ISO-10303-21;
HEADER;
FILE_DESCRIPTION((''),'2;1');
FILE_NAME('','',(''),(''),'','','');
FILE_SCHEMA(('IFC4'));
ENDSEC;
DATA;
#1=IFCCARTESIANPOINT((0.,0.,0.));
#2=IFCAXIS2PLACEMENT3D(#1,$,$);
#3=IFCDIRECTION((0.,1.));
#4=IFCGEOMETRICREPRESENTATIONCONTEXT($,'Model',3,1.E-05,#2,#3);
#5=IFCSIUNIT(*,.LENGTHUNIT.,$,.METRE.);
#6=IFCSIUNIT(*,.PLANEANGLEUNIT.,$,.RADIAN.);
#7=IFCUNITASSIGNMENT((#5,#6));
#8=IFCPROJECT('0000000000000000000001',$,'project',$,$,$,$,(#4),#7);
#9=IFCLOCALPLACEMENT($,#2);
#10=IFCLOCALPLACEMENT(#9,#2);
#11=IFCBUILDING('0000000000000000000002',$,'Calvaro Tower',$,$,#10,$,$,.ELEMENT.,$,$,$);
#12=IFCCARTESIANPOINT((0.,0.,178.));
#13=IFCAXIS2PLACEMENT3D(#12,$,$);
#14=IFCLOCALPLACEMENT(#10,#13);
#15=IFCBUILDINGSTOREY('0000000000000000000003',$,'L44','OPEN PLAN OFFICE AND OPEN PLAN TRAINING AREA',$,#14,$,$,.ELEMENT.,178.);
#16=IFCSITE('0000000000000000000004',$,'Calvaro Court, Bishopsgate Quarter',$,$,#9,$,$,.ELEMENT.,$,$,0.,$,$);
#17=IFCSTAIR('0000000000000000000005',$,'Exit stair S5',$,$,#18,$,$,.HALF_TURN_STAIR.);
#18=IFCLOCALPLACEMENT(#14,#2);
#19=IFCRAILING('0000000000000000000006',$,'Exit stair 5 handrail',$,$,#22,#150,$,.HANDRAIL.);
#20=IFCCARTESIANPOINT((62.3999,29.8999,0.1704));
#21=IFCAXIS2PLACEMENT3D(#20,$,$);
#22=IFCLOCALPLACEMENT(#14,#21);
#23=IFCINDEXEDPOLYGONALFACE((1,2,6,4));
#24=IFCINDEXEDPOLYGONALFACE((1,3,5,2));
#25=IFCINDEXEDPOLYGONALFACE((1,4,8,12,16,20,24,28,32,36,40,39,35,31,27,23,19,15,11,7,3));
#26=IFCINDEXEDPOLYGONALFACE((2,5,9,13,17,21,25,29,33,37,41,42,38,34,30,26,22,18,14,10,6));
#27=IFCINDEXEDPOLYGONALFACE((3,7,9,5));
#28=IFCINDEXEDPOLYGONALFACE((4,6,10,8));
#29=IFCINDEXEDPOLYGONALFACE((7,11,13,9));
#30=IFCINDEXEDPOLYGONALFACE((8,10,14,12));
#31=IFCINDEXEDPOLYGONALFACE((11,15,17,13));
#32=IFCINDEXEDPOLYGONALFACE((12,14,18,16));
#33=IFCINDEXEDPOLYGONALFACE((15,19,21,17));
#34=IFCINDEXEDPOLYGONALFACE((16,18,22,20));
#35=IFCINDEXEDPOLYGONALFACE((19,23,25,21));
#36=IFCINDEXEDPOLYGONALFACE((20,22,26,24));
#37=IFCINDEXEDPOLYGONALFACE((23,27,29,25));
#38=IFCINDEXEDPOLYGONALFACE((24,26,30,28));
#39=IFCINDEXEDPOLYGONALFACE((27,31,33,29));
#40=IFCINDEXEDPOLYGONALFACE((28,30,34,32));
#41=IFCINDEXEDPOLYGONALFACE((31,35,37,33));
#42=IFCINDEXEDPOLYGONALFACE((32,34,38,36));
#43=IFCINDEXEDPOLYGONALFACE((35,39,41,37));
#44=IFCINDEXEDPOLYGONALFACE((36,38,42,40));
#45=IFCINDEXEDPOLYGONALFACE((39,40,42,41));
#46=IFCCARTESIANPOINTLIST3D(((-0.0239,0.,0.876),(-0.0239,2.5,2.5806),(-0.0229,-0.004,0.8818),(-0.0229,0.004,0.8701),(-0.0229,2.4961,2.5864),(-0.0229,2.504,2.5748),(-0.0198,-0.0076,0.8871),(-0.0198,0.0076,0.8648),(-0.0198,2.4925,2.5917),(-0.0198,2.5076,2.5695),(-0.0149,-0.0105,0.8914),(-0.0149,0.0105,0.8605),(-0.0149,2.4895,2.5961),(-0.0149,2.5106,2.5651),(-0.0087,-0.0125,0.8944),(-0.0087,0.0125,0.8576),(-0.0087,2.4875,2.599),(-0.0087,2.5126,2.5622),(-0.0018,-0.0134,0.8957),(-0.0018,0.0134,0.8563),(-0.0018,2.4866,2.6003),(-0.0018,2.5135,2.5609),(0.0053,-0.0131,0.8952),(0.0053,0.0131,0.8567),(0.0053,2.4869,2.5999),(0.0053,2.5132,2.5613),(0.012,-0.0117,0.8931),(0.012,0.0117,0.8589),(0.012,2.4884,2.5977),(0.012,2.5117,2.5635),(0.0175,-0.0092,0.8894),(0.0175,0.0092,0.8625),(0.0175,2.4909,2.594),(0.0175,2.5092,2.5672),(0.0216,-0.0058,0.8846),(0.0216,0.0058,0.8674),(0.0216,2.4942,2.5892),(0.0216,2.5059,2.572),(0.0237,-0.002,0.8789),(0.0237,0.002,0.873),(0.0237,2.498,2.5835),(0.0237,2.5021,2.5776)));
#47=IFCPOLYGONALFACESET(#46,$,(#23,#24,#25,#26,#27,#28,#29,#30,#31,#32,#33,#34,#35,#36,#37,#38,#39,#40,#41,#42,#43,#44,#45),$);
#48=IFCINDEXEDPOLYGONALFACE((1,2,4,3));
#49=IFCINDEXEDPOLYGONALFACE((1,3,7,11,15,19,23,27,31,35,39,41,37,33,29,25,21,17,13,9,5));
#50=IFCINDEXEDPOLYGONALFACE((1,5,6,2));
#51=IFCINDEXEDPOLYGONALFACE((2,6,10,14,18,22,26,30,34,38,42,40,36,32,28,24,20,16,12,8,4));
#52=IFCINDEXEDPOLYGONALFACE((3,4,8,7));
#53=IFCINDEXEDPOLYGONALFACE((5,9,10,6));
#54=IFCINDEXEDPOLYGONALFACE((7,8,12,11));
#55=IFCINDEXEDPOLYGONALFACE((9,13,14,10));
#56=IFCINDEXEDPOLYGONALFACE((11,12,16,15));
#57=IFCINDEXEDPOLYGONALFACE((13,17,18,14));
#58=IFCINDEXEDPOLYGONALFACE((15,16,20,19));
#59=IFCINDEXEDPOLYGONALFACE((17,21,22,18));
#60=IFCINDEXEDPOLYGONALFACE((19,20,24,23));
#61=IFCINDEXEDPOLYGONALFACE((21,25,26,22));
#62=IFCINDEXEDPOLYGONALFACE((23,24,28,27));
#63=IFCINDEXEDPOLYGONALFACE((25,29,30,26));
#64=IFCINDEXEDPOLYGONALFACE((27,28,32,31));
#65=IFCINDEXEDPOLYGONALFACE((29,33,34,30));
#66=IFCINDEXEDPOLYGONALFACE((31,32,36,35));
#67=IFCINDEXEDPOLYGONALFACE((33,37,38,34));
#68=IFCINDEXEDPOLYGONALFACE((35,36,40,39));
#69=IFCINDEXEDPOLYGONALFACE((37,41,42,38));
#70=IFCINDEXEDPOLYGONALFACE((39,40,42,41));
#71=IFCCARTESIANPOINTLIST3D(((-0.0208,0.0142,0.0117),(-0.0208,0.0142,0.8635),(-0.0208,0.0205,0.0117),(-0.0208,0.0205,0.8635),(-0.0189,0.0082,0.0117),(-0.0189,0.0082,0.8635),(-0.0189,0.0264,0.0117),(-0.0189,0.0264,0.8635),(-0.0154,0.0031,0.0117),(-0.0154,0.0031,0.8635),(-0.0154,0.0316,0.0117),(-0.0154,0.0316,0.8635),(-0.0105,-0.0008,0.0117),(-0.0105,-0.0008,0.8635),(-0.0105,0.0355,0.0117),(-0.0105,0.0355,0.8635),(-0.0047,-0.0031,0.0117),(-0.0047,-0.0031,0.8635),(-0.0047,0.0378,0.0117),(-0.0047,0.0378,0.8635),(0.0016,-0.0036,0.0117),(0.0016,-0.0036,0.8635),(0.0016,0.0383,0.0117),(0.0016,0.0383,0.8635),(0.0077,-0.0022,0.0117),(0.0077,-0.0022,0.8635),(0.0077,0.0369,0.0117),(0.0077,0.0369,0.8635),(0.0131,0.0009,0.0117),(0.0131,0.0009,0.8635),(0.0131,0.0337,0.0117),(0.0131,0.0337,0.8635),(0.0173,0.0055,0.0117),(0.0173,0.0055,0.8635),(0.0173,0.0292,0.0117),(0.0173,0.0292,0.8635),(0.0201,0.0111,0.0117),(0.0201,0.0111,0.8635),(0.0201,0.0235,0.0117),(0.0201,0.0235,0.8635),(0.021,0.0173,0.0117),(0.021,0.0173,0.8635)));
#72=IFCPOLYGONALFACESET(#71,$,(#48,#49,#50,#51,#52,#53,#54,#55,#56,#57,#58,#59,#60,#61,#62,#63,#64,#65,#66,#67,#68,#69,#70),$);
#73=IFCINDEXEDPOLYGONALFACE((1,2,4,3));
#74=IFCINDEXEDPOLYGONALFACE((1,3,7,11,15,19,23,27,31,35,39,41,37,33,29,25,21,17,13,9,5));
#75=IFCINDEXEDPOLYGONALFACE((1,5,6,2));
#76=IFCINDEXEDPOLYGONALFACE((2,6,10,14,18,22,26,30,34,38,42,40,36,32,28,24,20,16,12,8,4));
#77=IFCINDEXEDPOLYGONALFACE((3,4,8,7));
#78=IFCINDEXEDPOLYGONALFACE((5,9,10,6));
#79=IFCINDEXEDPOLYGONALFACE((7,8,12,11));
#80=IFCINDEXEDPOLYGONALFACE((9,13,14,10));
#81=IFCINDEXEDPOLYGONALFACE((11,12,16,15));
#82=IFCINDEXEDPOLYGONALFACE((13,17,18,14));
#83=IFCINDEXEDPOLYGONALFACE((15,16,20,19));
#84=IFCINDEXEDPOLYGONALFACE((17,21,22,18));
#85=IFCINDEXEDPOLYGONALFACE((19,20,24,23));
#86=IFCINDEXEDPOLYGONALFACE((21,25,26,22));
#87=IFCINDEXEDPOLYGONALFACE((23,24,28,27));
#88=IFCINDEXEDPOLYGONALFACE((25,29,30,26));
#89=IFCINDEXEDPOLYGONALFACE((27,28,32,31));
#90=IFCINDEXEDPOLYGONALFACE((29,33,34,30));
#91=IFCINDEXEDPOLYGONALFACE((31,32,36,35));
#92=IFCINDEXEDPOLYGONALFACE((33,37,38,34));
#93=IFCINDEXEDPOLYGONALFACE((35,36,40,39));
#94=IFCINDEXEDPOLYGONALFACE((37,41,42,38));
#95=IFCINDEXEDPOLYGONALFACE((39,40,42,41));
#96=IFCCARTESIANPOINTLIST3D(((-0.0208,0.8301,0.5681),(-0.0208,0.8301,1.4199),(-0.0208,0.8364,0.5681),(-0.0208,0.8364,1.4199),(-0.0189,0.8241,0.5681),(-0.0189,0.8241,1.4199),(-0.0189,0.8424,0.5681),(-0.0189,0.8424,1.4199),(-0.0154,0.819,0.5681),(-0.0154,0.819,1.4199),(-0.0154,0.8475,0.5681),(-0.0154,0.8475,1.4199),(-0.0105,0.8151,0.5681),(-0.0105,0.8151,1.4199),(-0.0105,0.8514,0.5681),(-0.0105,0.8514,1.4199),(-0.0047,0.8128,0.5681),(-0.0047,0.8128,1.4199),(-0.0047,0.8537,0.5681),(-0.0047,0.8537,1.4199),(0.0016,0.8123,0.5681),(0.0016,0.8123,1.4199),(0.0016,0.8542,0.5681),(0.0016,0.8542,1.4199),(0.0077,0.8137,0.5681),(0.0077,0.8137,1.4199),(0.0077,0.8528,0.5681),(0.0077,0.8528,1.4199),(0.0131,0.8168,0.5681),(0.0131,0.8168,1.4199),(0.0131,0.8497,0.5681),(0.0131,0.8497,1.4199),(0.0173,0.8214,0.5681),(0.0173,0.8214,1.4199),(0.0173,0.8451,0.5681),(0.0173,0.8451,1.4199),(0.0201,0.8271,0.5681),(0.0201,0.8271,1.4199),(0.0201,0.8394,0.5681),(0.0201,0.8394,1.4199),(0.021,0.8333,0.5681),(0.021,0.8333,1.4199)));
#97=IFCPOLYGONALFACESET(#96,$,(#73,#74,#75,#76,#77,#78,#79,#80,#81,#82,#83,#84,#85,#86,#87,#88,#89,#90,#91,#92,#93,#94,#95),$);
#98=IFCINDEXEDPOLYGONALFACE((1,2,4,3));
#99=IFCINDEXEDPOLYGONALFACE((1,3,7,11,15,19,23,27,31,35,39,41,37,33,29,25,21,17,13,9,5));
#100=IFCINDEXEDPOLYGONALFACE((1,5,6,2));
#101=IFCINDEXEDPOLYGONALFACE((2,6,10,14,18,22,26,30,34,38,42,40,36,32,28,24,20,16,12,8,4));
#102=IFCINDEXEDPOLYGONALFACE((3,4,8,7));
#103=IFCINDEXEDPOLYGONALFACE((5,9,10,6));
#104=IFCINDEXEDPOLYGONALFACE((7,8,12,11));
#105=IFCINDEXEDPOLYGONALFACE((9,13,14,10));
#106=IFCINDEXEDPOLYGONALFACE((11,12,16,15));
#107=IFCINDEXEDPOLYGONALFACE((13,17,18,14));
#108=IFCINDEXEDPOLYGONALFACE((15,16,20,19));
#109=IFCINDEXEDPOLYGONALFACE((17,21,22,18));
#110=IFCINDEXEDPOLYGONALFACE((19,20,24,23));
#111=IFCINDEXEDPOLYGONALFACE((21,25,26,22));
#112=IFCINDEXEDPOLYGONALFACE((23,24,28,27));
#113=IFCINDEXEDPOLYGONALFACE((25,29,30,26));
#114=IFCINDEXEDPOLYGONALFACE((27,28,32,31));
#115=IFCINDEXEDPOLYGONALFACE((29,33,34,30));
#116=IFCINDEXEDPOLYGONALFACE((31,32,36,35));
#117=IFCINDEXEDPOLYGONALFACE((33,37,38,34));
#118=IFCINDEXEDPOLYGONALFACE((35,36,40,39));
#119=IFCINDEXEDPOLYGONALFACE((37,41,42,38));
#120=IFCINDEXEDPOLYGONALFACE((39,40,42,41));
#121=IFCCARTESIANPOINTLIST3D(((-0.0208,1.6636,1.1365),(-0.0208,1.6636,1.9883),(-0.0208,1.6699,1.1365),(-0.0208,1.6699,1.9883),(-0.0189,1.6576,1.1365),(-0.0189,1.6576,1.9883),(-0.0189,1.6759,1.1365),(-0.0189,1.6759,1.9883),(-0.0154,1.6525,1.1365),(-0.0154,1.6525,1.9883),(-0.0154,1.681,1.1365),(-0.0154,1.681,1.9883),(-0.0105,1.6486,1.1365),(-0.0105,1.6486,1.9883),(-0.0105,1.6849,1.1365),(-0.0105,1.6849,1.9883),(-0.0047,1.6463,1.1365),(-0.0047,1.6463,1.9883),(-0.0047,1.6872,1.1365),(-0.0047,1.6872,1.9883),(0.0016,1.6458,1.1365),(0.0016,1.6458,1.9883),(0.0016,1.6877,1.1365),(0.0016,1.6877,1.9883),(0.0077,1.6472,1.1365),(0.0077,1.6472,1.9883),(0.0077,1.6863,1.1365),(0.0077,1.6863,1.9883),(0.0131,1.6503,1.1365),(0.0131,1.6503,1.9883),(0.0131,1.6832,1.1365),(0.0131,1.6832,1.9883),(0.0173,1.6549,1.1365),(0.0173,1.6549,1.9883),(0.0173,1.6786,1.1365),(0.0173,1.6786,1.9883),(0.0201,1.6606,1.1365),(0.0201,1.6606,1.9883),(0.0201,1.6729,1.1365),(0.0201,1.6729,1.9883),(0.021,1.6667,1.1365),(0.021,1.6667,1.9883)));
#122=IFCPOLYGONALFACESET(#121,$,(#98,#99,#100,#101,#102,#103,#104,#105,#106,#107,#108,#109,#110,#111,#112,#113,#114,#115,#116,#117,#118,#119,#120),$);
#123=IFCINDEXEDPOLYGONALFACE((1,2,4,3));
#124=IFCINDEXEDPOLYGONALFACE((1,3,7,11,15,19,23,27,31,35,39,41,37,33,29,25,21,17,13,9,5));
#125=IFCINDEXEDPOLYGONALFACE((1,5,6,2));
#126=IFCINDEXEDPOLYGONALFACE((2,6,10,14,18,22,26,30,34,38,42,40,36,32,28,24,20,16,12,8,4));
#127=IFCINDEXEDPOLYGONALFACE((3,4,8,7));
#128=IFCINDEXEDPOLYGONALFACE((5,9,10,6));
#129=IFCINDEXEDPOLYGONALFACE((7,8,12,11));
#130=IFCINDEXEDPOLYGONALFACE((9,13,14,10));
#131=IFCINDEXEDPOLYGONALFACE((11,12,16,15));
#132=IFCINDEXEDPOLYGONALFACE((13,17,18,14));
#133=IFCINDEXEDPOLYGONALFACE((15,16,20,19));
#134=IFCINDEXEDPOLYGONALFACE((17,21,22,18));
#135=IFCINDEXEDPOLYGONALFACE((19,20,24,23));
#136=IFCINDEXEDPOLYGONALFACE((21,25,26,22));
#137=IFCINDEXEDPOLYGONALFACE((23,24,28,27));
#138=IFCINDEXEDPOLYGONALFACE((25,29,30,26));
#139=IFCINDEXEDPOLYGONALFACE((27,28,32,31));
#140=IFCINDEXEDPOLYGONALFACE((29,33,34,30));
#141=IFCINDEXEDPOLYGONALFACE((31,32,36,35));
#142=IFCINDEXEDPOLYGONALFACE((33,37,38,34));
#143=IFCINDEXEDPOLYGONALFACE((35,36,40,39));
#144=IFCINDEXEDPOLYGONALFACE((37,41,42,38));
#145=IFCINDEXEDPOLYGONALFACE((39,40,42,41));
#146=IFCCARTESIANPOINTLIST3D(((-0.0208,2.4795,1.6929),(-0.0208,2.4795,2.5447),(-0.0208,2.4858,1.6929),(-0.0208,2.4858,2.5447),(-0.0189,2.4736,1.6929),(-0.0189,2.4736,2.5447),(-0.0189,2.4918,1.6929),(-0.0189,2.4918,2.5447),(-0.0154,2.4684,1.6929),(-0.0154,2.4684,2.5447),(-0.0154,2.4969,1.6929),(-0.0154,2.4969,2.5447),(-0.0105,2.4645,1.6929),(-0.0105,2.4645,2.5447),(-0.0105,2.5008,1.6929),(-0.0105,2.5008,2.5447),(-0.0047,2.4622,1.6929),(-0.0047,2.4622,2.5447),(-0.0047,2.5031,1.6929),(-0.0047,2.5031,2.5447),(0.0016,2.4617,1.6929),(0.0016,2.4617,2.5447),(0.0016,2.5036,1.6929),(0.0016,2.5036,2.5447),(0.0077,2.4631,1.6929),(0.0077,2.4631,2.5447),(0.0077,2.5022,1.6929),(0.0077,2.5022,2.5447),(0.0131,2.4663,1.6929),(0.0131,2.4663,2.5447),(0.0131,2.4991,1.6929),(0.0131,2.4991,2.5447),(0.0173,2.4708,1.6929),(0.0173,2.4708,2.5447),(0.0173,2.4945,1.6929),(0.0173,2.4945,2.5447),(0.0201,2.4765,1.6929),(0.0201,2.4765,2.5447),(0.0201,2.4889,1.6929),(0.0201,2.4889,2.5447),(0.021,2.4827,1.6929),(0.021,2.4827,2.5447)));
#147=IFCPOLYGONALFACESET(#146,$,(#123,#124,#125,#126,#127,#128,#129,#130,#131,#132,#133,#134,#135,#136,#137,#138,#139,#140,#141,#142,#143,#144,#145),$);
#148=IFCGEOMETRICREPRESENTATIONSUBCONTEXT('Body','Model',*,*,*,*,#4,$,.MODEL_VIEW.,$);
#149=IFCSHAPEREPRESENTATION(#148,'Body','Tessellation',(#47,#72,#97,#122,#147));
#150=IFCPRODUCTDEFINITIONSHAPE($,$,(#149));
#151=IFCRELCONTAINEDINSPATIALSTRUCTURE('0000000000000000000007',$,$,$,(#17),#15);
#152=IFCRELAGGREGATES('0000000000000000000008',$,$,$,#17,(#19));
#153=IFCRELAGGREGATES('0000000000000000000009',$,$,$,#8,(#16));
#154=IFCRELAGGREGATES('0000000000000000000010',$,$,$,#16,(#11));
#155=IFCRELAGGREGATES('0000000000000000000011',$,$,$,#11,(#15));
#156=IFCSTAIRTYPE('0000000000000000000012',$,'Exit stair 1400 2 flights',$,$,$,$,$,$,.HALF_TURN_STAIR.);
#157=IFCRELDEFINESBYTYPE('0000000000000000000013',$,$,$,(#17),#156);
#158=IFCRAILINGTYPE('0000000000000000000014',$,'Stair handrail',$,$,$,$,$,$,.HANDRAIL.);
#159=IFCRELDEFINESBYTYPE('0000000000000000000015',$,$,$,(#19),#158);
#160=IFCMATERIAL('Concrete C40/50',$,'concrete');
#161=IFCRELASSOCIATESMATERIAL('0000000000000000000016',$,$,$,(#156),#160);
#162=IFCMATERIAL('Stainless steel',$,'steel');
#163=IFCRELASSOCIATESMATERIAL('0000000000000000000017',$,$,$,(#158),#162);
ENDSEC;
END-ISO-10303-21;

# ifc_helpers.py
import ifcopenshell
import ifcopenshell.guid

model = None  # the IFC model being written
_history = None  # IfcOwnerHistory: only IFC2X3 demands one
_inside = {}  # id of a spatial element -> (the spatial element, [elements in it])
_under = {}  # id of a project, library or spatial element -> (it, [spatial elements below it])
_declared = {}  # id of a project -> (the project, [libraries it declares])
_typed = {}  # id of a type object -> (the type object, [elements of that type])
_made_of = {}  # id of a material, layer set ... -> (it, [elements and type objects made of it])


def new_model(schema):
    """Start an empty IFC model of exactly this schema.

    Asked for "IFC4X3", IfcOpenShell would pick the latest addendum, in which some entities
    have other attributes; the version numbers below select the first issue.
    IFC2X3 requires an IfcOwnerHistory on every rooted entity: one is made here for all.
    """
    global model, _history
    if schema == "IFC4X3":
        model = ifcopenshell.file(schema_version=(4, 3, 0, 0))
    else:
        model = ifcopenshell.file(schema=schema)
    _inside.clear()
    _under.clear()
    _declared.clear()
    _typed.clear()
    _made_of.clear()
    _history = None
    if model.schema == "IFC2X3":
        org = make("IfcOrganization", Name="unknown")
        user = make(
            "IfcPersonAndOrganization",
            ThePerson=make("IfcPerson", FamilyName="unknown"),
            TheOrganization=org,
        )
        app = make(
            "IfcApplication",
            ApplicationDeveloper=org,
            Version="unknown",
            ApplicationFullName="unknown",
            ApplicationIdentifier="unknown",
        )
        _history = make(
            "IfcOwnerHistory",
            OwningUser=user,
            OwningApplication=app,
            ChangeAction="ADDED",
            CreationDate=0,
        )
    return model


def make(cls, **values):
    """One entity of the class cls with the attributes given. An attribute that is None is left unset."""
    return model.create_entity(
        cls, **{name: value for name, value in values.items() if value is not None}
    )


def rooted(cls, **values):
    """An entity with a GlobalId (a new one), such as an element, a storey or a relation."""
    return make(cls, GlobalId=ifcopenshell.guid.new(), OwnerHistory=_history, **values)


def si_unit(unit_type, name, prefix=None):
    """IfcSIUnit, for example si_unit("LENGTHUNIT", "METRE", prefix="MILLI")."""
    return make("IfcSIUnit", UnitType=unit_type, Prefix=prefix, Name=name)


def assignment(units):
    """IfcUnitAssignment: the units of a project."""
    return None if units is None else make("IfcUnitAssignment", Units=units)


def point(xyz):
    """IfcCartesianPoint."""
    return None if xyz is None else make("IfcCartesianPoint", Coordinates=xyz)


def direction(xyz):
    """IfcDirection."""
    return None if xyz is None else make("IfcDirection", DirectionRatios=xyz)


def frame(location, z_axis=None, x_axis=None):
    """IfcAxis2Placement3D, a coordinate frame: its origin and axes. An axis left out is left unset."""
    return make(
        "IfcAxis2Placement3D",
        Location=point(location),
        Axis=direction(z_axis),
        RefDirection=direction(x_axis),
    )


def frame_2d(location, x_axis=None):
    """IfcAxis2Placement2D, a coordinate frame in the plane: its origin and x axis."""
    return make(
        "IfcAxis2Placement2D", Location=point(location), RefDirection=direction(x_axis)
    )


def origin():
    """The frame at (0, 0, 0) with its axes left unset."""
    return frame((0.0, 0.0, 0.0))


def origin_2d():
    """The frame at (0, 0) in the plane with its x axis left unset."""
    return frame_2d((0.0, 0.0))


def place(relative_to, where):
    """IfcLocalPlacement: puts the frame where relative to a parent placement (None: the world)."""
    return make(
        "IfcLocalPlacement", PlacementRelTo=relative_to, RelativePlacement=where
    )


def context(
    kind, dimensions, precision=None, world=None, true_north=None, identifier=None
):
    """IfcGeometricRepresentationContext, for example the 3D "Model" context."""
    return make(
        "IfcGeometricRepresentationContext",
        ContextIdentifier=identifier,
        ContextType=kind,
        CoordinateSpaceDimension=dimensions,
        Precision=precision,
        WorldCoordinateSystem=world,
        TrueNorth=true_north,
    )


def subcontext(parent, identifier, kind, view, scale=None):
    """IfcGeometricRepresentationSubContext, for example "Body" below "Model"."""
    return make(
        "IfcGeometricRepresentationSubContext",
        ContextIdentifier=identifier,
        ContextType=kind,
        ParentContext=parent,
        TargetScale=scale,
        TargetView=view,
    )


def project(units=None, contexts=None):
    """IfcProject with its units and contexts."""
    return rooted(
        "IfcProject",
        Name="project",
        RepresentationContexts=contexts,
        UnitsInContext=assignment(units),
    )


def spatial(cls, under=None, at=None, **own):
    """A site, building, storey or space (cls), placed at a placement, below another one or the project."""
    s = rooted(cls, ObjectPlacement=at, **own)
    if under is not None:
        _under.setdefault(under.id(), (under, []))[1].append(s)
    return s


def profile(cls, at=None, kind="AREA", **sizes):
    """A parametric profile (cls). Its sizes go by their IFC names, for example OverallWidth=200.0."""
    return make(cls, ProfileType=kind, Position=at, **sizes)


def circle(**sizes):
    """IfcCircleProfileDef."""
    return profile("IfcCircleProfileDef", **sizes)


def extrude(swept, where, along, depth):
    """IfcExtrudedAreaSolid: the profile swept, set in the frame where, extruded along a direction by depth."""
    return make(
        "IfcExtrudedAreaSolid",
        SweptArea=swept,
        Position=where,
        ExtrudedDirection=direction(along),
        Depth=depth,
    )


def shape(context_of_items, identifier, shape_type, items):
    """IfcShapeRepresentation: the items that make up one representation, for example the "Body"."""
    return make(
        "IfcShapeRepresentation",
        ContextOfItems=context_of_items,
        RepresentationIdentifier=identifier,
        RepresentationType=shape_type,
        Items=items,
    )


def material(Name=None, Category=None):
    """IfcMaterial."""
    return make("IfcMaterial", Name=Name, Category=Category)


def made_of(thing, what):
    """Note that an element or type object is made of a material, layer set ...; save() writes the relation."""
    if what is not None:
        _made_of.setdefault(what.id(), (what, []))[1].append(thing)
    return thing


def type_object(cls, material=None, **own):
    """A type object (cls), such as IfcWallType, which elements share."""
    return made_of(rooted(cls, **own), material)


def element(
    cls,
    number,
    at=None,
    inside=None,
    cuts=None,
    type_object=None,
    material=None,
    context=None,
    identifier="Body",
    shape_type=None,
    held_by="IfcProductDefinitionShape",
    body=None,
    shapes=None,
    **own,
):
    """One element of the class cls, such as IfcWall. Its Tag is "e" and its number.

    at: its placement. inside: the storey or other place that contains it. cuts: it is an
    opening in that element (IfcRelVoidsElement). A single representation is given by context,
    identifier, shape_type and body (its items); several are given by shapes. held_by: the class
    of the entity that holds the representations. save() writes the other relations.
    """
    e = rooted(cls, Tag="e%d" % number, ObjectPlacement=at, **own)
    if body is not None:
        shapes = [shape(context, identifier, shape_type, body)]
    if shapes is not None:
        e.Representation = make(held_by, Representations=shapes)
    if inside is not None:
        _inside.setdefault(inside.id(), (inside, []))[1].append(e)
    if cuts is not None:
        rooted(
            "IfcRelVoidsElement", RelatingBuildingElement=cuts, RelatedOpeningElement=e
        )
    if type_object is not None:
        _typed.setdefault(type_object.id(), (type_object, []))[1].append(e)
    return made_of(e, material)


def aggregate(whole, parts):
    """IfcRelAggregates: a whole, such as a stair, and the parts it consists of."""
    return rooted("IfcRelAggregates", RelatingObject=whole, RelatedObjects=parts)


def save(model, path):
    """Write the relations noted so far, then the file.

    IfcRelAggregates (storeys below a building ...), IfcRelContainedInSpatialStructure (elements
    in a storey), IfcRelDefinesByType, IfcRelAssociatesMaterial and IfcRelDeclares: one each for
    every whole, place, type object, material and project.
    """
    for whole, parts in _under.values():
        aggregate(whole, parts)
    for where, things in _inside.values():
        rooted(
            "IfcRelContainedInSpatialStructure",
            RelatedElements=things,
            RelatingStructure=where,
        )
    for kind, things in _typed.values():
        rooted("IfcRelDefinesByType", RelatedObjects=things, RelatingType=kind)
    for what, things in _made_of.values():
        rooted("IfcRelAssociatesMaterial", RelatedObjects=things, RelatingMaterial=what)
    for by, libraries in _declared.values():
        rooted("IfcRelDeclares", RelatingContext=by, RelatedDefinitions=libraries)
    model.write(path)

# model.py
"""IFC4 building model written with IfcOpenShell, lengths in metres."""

from ifc_helpers import new_model, si_unit, direction, frame, origin, origin_2d, place, context, subcontext, project, spatial, circle, extrude, material, type_object, element, aggregate, save


model = new_model("IFC4")

# Units and contexts
model_context = context("Model", 3, precision=1e-05, world=origin(), true_north=direction((0.0, 1.0)))
body_context = subcontext(model_context, "Body", "Model", "MODEL_VIEW")
ifc_project = project(units=[si_unit("LENGTHUNIT", "METRE"), si_unit("PLANEANGLEUNIT", "RADIAN")], contexts=[model_context])

# Site, building, storey
site_placement = place(None, origin())
site = spatial("IfcSite", under=ifc_project, at=site_placement, Name="Calvaro Court, Bishopsgate Quarter", CompositionType="ELEMENT", RefElevation=0.0)
building_placement = place(site_placement, origin())
building = spatial("IfcBuilding", under=site, at=building_placement, Name="Calvaro Tower", CompositionType="ELEMENT")
storey_placement = place(building_placement, frame((0.0, 0.0, 178.0)))
storey = spatial("IfcBuildingStorey", under=building, at=storey_placement, Name="L44", Description="OPEN PLAN OFFICE AND OPEN PLAN TRAINING AREA", CompositionType="ELEMENT", Elevation=178.0)

# Stair
ifc_material_1 = material(Name="Concrete C40/50", Category="concrete")
stair_type = type_object("IfcStairType", Name="Exit stair 1400 2 flights", PredefinedType="HALF_TURN_STAIR", material=ifc_material_1)
stair_1_placement = place(storey_placement, origin())
stair_1 = element("IfcStair", 1, at=stair_1_placement, inside=storey, type_object=stair_type, Name="Exit stair S5", PredefinedType="HALF_TURN_STAIR")

# Railing
ifc_material_2 = material(Name="Stainless steel", Category="steel")
railing_type = type_object("IfcRailingType", Name="Stair handrail", PredefinedType="HANDRAIL", material=ifc_material_2)
railing_1_placement = place(storey_placement, frame((62.3999, 29.8999, 0.1704)))
railing_1 = element("IfcRailing", 2, at=railing_1_placement, type_object=railing_type, Name="Exit stair 5 handrail", PredefinedType="HANDRAIL", context=body_context, shape_type="SweptSolid", body=[
    extrude(circle(Radius=0.0239, at=origin_2d()), frame((0.0, 0.0, 0.876), z_axis=(0.0, 0.826221, 0.563347), x_axis=(-1.0, 0.0, 0.0)), (0.0, 0.0, 1.0), 3.0259),
    extrude(circle(Radius=0.021, at=origin_2d()), frame((0.0, 0.0173, 0.0117)), (0.0, 0.0, 1.0), 0.8518),
    extrude(circle(Radius=0.021, at=origin_2d()), frame((0.0, 0.8333, 0.5681)), (0.0, 0.0, 1.0), 0.8518),
    extrude(circle(Radius=0.021, at=origin_2d()), frame((0.0, 1.6667, 1.1365)), (0.0, 0.0, 1.0), 0.8518),
    extrude(circle(Radius=0.021, at=origin_2d()), frame((0.0, 2.4827, 1.6929)), (0.0, 0.0, 1.0), 0.8518),
])
aggregate(stair_1, [railing_1])

save(model, "model.ifc")
